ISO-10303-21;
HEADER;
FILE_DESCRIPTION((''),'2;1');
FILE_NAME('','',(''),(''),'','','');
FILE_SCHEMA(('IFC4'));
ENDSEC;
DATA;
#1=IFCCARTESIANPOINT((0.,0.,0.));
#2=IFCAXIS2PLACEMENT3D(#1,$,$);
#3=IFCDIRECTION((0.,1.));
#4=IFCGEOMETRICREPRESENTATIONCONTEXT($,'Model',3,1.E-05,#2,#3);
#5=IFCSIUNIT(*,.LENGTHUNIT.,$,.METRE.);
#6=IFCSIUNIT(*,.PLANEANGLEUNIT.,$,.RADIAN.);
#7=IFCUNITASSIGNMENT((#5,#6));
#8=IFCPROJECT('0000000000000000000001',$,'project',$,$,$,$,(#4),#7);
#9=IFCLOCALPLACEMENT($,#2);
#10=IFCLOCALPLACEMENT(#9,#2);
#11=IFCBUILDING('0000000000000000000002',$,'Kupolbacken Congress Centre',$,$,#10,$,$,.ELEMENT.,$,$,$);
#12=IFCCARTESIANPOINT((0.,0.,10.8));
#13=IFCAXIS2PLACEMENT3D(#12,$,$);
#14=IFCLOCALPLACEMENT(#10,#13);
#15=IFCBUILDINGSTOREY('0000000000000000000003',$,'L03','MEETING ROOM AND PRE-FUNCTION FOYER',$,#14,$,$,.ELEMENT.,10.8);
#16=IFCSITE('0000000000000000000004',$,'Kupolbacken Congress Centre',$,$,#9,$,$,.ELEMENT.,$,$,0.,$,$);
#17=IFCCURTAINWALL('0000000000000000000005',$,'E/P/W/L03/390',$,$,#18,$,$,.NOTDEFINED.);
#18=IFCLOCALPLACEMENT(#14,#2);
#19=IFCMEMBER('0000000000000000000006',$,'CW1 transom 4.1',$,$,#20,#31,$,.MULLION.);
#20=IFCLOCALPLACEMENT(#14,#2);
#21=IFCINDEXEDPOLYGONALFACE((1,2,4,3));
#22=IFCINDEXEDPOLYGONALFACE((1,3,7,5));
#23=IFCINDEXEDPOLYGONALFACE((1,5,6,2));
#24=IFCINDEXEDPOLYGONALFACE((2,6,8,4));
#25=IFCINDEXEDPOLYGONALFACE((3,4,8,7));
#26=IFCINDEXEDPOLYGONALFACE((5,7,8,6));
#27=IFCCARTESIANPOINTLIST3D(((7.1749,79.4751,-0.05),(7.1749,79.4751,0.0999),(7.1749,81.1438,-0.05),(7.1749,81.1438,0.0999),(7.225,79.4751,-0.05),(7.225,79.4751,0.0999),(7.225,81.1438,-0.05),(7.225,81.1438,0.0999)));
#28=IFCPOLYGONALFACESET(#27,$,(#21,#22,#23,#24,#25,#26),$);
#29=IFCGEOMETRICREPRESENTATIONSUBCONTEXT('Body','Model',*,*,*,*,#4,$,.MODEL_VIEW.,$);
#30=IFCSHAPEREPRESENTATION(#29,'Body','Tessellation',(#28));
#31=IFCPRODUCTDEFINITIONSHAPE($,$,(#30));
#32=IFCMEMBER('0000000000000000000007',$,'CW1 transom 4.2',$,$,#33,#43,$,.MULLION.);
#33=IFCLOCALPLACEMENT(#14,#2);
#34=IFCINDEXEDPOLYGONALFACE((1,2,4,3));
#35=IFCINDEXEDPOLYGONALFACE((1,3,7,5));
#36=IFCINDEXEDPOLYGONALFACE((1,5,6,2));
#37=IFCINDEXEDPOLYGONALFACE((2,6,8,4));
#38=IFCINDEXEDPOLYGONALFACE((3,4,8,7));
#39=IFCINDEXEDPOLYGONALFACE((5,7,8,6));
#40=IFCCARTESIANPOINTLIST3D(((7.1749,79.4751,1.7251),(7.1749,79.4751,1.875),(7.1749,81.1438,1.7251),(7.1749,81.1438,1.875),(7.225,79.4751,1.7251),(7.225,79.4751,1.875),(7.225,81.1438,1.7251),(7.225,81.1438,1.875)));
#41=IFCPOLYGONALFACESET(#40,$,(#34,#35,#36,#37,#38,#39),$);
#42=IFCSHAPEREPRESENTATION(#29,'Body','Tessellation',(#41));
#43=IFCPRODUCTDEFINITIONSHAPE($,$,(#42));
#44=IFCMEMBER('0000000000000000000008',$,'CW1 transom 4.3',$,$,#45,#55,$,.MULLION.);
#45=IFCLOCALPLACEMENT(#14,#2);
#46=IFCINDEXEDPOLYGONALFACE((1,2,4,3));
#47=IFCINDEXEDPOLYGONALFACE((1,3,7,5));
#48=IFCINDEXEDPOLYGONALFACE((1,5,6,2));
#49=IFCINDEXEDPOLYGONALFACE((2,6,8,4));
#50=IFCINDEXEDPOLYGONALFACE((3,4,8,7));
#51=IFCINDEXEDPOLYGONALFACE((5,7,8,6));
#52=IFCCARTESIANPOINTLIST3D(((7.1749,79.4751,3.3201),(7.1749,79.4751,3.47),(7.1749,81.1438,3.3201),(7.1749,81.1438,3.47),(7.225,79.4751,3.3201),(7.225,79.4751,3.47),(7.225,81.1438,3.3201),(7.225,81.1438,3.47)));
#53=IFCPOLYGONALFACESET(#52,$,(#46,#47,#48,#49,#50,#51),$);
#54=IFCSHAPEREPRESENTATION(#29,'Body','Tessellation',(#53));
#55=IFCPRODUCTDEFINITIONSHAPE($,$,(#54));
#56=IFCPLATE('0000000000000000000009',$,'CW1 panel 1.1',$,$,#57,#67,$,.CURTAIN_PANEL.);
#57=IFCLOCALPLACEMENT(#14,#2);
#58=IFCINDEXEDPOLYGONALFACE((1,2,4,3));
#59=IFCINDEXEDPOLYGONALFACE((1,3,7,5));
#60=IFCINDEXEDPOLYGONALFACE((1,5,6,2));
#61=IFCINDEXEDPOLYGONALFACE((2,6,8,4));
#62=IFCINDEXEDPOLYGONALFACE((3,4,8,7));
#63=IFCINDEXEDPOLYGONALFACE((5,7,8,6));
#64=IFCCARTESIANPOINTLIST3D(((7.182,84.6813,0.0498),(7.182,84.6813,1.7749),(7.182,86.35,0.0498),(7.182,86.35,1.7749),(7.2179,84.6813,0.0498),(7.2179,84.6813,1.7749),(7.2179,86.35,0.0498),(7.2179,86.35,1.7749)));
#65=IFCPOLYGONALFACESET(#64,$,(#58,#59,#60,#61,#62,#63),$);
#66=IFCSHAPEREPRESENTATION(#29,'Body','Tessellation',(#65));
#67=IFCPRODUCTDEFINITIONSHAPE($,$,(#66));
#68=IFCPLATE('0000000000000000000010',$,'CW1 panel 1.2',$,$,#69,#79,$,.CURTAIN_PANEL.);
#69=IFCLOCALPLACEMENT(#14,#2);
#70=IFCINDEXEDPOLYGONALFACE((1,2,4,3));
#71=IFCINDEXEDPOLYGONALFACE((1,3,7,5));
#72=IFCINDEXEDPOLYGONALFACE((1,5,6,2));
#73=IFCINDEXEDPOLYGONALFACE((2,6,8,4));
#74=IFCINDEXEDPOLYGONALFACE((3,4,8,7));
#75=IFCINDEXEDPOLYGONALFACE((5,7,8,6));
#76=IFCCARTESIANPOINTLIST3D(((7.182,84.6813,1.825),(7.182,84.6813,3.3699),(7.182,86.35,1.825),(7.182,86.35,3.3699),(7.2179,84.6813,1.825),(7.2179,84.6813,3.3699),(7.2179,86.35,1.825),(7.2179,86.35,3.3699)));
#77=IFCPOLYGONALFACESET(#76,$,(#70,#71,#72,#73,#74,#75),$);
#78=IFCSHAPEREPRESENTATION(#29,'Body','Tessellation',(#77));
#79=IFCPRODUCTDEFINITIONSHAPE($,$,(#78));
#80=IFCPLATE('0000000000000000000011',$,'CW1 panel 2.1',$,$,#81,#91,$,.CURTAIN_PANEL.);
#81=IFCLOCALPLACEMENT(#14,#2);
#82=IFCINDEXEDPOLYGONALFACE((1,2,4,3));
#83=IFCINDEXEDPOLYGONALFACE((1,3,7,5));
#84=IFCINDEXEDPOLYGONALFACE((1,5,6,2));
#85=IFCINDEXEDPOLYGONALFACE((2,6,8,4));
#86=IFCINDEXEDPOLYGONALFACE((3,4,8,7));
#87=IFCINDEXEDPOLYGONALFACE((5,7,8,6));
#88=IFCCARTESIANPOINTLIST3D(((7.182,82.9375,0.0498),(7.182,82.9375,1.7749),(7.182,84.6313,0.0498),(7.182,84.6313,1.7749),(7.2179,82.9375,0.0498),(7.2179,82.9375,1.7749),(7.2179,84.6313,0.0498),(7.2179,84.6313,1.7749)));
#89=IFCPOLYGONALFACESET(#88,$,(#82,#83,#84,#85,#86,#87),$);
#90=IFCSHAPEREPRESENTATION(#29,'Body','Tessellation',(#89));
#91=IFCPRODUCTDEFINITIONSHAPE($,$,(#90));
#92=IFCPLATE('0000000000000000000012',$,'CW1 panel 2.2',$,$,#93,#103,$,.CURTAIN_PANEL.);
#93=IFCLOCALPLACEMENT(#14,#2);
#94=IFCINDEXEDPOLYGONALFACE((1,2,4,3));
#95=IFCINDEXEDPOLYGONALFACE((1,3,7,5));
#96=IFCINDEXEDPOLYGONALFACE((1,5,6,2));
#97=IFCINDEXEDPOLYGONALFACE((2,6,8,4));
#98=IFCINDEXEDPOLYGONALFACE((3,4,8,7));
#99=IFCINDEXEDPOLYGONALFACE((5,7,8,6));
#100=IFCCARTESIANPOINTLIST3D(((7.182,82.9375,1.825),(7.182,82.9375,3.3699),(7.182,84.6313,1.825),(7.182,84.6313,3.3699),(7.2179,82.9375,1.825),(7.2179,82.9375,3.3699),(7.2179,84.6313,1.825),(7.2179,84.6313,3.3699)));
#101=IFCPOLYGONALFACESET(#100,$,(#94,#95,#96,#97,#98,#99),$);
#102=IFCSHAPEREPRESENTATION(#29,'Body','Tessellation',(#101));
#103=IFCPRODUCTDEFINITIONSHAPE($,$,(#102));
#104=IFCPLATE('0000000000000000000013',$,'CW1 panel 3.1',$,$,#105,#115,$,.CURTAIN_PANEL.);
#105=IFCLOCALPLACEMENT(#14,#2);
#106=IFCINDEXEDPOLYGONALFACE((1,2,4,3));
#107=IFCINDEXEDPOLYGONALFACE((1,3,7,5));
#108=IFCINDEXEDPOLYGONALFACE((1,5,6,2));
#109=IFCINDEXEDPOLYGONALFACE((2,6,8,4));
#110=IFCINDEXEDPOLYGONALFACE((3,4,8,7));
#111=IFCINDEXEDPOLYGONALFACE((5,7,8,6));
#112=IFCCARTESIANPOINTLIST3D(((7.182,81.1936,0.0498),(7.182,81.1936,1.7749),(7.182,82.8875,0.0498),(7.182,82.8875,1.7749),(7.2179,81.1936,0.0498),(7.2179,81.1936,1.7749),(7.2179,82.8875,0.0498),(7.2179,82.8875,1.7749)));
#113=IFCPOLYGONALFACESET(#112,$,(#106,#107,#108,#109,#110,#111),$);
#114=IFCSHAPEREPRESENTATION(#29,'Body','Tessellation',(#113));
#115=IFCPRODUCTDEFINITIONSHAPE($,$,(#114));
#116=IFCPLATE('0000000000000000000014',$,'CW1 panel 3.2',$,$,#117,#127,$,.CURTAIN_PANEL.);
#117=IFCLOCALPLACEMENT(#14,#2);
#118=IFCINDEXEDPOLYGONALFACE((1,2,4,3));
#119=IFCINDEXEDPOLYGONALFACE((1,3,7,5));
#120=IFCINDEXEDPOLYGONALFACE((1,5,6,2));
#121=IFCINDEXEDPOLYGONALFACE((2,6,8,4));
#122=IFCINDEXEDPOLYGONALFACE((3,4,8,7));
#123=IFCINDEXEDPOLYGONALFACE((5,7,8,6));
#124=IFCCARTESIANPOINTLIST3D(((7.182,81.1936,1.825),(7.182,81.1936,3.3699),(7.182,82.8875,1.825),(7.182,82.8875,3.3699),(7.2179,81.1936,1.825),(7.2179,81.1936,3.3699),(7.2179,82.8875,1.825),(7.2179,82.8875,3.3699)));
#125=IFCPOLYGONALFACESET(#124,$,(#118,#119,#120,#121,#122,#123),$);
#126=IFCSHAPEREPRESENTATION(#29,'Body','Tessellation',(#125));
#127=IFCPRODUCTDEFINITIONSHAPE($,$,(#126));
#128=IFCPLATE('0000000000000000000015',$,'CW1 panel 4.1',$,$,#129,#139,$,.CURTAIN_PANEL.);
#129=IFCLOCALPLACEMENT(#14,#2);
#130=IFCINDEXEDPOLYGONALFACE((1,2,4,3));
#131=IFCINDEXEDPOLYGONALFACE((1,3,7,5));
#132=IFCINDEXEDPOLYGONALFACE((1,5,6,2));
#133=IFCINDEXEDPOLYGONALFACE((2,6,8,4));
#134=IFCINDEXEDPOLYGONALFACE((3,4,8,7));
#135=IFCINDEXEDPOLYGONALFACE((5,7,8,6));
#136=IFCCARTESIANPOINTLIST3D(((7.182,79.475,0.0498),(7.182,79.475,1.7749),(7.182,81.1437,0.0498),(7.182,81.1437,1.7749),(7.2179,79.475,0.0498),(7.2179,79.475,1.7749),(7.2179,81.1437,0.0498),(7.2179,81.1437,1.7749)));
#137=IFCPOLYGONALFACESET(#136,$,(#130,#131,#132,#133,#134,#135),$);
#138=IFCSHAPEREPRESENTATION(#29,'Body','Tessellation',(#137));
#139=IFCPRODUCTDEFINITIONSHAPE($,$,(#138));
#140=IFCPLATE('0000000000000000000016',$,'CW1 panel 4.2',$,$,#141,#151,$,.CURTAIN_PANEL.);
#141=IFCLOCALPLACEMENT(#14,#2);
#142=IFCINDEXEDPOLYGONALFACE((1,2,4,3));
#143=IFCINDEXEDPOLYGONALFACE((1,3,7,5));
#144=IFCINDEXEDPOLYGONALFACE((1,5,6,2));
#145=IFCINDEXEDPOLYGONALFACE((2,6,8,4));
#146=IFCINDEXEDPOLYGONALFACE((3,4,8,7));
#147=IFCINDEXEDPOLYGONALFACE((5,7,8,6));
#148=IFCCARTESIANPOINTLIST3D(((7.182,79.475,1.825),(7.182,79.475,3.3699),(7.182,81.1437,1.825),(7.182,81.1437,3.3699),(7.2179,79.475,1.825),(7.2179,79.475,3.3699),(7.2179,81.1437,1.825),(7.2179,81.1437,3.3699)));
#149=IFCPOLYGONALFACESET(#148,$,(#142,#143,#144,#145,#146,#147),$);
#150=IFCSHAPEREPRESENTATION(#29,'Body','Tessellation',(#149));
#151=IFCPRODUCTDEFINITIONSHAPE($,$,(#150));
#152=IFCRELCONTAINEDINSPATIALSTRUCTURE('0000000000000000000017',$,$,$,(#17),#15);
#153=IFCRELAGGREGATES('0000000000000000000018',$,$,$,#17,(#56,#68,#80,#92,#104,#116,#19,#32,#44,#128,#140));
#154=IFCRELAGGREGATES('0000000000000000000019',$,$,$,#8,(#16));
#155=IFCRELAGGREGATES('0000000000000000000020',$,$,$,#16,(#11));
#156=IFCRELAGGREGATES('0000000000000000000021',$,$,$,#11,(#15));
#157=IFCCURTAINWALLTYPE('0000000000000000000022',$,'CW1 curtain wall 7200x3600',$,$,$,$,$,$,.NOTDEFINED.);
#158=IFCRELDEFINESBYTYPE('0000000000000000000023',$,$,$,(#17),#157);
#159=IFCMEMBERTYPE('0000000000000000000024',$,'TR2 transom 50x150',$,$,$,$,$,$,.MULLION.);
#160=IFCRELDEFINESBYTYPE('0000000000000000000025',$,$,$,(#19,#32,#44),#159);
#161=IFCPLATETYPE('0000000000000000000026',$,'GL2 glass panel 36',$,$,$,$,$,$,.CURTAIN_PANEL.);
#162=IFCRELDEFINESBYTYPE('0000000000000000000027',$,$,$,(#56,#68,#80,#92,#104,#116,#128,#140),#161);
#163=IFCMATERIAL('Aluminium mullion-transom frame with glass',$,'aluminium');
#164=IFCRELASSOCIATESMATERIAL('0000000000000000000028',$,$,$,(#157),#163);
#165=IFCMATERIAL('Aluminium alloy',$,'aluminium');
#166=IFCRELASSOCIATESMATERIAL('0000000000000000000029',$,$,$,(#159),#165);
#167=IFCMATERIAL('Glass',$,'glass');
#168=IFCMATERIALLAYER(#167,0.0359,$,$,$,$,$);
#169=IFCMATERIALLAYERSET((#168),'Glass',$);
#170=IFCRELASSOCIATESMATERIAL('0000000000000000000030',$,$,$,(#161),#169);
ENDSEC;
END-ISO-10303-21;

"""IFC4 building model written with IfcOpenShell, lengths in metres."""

from ifc_helpers import new_model, si_unit, direction, frame, origin, origin_2d, place, context, subcontext, project, spatial, rectangle, extrude, material, layer, layer_set, material_profile, profile_set, type_object, element, aggregate, save


model = new_model("IFC4")

# Units and contexts
model_context = context("Model", 3, precision=1e-05, world=origin(), true_north=direction((0.0, 1.0)))
body_context = subcontext(model_context, "Body", "Model", "MODEL_VIEW")
ifc_project = project(units=[si_unit("LENGTHUNIT", "METRE"), si_unit("PLANEANGLEUNIT", "RADIAN")], contexts=[model_context])

# Site, building, storey
site_placement = place(None, origin())
site = spatial("IfcSite", under=ifc_project, at=site_placement, Name="Kupolbacken Congress Centre", CompositionType="ELEMENT", RefElevation=0.0)
building_placement = place(site_placement, origin())
building = spatial("IfcBuilding", under=site, at=building_placement, Name="Kupolbacken Congress Centre", CompositionType="ELEMENT")
storey_placement = place(building_placement, frame((0.0, 0.0, 10.8)))
storey = spatial("IfcBuildingStorey", under=building, at=storey_placement, Name="L03", Description="MEETING ROOM AND PRE-FUNCTION FOYER", CompositionType="ELEMENT", Elevation=10.8)

# Curtain wall, members, plates
ifc_material_1 = material(Name="Aluminium mullion-transom frame with glass", Category="aluminium")
curtain_wall_type = type_object("IfcCurtainWallType", Name="CW1 curtain wall 7200x3600", PredefinedType="NOTDEFINED", material=ifc_material_1)
curtain_wall_placement = place(storey_placement, origin())
curtain_wall = element("IfcCurtainWall", 1, at=curtain_wall_placement, inside=storey, type_object=curtain_wall_type, Name="E/P/W/L03/390", PredefinedType="NOTDEFINED")
ifc_material_2 = material(Name="Aluminium alloy", Category="aluminium")
ifc_material_profile_1 = material_profile(ifc_material_2, rectangle(XDim=0.05, YDim=0.1499, at=origin_2d()), Name="50 x 150")
ifc_profile_set_1 = profile_set([ifc_material_profile_1], Name="Aluminium alloy")
member_type_1 = type_object("IfcMemberType", Name="TR2 transom 50x150", PredefinedType="MULLION", material=ifc_profile_set_1)
member_1_placement = place(storey_placement, frame((7.2, 81.1438, 0.0249), z_axis=(0.0, -1.0, 0.0), x_axis=(1.0, 0.0, 0.0)))
member_1 = element("IfcMember", 2, at=member_1_placement, type_object=member_type_1, Name="CW1 transom 4.1", PredefinedType="MULLION", context=body_context, shape_type="SweptSolid", body=[
    extrude(rectangle(XDim=0.05, YDim=0.1499, at=origin_2d()), origin(), (0.0, 0.0, 1.0), 1.6687),
])
member_2_placement = place(storey_placement, frame((7.2, 81.1438, 1.8), z_axis=(0.0, -1.0, 0.0), x_axis=(1.0, 0.0, 0.0)))
member_2 = element("IfcMember", 3, at=member_2_placement, type_object=member_type_1, Name="CW1 transom 4.2", PredefinedType="MULLION", context=body_context, shape_type="SweptSolid", body=[
    extrude(rectangle(XDim=0.05, YDim=0.1499, at=origin_2d()), origin(), (0.0, 0.0, 1.0), 1.6687),
])
member_3_placement = place(storey_placement, frame((7.2, 81.1438, 3.395), z_axis=(0.0, -1.0, 0.0), x_axis=(1.0, 0.0, 0.0)))
member_3 = element("IfcMember", 4, at=member_3_placement, type_object=member_type_1, Name="CW1 transom 4.3", PredefinedType="MULLION", context=body_context, shape_type="SweptSolid", body=[
    extrude(rectangle(XDim=0.05, YDim=0.1499, at=origin_2d()), origin(), (0.0, 0.0, 1.0), 1.6687),
])
ifc_material_3 = material(Name="Glass", Category="glass")
ifc_layer = layer(ifc_material_3, 0.0359)
ifc_layer_set = layer_set([ifc_layer], Name="Glass")
plate_type = type_object("IfcPlateType", Name="GL2 glass panel 36", PredefinedType="CURTAIN_PANEL", material=ifc_layer_set)
plate_1_placement = place(storey_placement, frame((7.2, 85.5156, 0.0498), z_axis=(0.0, 0.0, 1.0), x_axis=(0.0, -1.0, 0.0)))
plate_1 = element("IfcPlate", 5, at=plate_1_placement, type_object=plate_type, Name="CW1 panel 1.1", PredefinedType="CURTAIN_PANEL", context=body_context, shape_type="SweptSolid", body=[
    extrude(rectangle(XDim=1.6687, YDim=0.0359, at=origin_2d()), origin(), (0.0, 0.0, 1.0), 1.7251),
])
plate_2_placement = place(storey_placement, frame((7.2, 85.5156, 1.825), z_axis=(0.0, 0.0, 1.0), x_axis=(0.0, -1.0, 0.0)))
plate_2 = element("IfcPlate", 6, at=plate_2_placement, type_object=plate_type, Name="CW1 panel 1.2", PredefinedType="CURTAIN_PANEL", context=body_context, shape_type="SweptSolid", body=[
    extrude(rectangle(XDim=1.6687, YDim=0.0359, at=origin_2d()), origin(), (0.0, 0.0, 1.0), 1.5449),
])
plate_3_placement = place(storey_placement, frame((7.2, 83.7844, 0.0498), z_axis=(0.0, 0.0, 1.0), x_axis=(0.0, -1.0, 0.0)))
plate_3 = element("IfcPlate", 7, at=plate_3_placement, type_object=plate_type, Name="CW1 panel 2.1", PredefinedType="CURTAIN_PANEL", context=body_context, shape_type="SweptSolid", body=[
    extrude(rectangle(XDim=1.6938, YDim=0.0359, at=origin_2d()), origin(), (0.0, 0.0, 1.0), 1.7251),
])
plate_4_placement = place(storey_placement, frame((7.2, 83.7844, 1.825), z_axis=(0.0, 0.0, 1.0), x_axis=(0.0, -1.0, 0.0)))
plate_4 = element("IfcPlate", 8, at=plate_4_placement, type_object=plate_type, Name="CW1 panel 2.2", PredefinedType="CURTAIN_PANEL", context=body_context, shape_type="SweptSolid", body=[
    extrude(rectangle(XDim=1.6938, YDim=0.0359, at=origin_2d()), origin(), (0.0, 0.0, 1.0), 1.5449),
])
plate_5_placement = place(storey_placement, frame((7.2, 82.0405, 0.0498), z_axis=(0.0, 0.0, 1.0), x_axis=(0.0, -1.0, 0.0)))
plate_5 = element("IfcPlate", 9, at=plate_5_placement, type_object=plate_type, Name="CW1 panel 3.1", PredefinedType="CURTAIN_PANEL", context=body_context, shape_type="SweptSolid", body=[
    extrude(rectangle(XDim=1.6938, YDim=0.0359, at=origin_2d()), origin(), (0.0, 0.0, 1.0), 1.7251),
])
plate_6_placement = place(storey_placement, frame((7.2, 82.0405, 1.825), z_axis=(0.0, 0.0, 1.0), x_axis=(0.0, -1.0, 0.0)))
plate_6 = element("IfcPlate", 10, at=plate_6_placement, type_object=plate_type, Name="CW1 panel 3.2", PredefinedType="CURTAIN_PANEL", context=body_context, shape_type="SweptSolid", body=[
    extrude(rectangle(XDim=1.6938, YDim=0.0359, at=origin_2d()), origin(), (0.0, 0.0, 1.0), 1.5449),
])
plate_7_placement = place(storey_placement, frame((7.2, 80.3093, 0.0498), z_axis=(0.0, 0.0, 1.0), x_axis=(0.0, -1.0, 0.0)))
plate_7 = element("IfcPlate", 11, at=plate_7_placement, type_object=plate_type, Name="CW1 panel 4.1", PredefinedType="CURTAIN_PANEL", context=body_context, shape_type="SweptSolid", body=[
    extrude(rectangle(XDim=1.6687, YDim=0.0359, at=origin_2d()), origin(), (0.0, 0.0, 1.0), 1.7251),
])
plate_8_placement = place(storey_placement, frame((7.2, 80.3093, 1.825), z_axis=(0.0, 0.0, 1.0), x_axis=(0.0, -1.0, 0.0)))
plate_8 = element("IfcPlate", 12, at=plate_8_placement, type_object=plate_type, Name="CW1 panel 4.2", PredefinedType="CURTAIN_PANEL", context=body_context, shape_type="SweptSolid", body=[
    extrude(rectangle(XDim=1.6687, YDim=0.0359, at=origin_2d()), origin(), (0.0, 0.0, 1.0), 1.5449),
])
aggregate(curtain_wall, [plate_1, plate_2, plate_3, plate_4, plate_5, plate_6, member_1, member_2, member_3, plate_7, plate_8])

save(model, "model.ifc")
